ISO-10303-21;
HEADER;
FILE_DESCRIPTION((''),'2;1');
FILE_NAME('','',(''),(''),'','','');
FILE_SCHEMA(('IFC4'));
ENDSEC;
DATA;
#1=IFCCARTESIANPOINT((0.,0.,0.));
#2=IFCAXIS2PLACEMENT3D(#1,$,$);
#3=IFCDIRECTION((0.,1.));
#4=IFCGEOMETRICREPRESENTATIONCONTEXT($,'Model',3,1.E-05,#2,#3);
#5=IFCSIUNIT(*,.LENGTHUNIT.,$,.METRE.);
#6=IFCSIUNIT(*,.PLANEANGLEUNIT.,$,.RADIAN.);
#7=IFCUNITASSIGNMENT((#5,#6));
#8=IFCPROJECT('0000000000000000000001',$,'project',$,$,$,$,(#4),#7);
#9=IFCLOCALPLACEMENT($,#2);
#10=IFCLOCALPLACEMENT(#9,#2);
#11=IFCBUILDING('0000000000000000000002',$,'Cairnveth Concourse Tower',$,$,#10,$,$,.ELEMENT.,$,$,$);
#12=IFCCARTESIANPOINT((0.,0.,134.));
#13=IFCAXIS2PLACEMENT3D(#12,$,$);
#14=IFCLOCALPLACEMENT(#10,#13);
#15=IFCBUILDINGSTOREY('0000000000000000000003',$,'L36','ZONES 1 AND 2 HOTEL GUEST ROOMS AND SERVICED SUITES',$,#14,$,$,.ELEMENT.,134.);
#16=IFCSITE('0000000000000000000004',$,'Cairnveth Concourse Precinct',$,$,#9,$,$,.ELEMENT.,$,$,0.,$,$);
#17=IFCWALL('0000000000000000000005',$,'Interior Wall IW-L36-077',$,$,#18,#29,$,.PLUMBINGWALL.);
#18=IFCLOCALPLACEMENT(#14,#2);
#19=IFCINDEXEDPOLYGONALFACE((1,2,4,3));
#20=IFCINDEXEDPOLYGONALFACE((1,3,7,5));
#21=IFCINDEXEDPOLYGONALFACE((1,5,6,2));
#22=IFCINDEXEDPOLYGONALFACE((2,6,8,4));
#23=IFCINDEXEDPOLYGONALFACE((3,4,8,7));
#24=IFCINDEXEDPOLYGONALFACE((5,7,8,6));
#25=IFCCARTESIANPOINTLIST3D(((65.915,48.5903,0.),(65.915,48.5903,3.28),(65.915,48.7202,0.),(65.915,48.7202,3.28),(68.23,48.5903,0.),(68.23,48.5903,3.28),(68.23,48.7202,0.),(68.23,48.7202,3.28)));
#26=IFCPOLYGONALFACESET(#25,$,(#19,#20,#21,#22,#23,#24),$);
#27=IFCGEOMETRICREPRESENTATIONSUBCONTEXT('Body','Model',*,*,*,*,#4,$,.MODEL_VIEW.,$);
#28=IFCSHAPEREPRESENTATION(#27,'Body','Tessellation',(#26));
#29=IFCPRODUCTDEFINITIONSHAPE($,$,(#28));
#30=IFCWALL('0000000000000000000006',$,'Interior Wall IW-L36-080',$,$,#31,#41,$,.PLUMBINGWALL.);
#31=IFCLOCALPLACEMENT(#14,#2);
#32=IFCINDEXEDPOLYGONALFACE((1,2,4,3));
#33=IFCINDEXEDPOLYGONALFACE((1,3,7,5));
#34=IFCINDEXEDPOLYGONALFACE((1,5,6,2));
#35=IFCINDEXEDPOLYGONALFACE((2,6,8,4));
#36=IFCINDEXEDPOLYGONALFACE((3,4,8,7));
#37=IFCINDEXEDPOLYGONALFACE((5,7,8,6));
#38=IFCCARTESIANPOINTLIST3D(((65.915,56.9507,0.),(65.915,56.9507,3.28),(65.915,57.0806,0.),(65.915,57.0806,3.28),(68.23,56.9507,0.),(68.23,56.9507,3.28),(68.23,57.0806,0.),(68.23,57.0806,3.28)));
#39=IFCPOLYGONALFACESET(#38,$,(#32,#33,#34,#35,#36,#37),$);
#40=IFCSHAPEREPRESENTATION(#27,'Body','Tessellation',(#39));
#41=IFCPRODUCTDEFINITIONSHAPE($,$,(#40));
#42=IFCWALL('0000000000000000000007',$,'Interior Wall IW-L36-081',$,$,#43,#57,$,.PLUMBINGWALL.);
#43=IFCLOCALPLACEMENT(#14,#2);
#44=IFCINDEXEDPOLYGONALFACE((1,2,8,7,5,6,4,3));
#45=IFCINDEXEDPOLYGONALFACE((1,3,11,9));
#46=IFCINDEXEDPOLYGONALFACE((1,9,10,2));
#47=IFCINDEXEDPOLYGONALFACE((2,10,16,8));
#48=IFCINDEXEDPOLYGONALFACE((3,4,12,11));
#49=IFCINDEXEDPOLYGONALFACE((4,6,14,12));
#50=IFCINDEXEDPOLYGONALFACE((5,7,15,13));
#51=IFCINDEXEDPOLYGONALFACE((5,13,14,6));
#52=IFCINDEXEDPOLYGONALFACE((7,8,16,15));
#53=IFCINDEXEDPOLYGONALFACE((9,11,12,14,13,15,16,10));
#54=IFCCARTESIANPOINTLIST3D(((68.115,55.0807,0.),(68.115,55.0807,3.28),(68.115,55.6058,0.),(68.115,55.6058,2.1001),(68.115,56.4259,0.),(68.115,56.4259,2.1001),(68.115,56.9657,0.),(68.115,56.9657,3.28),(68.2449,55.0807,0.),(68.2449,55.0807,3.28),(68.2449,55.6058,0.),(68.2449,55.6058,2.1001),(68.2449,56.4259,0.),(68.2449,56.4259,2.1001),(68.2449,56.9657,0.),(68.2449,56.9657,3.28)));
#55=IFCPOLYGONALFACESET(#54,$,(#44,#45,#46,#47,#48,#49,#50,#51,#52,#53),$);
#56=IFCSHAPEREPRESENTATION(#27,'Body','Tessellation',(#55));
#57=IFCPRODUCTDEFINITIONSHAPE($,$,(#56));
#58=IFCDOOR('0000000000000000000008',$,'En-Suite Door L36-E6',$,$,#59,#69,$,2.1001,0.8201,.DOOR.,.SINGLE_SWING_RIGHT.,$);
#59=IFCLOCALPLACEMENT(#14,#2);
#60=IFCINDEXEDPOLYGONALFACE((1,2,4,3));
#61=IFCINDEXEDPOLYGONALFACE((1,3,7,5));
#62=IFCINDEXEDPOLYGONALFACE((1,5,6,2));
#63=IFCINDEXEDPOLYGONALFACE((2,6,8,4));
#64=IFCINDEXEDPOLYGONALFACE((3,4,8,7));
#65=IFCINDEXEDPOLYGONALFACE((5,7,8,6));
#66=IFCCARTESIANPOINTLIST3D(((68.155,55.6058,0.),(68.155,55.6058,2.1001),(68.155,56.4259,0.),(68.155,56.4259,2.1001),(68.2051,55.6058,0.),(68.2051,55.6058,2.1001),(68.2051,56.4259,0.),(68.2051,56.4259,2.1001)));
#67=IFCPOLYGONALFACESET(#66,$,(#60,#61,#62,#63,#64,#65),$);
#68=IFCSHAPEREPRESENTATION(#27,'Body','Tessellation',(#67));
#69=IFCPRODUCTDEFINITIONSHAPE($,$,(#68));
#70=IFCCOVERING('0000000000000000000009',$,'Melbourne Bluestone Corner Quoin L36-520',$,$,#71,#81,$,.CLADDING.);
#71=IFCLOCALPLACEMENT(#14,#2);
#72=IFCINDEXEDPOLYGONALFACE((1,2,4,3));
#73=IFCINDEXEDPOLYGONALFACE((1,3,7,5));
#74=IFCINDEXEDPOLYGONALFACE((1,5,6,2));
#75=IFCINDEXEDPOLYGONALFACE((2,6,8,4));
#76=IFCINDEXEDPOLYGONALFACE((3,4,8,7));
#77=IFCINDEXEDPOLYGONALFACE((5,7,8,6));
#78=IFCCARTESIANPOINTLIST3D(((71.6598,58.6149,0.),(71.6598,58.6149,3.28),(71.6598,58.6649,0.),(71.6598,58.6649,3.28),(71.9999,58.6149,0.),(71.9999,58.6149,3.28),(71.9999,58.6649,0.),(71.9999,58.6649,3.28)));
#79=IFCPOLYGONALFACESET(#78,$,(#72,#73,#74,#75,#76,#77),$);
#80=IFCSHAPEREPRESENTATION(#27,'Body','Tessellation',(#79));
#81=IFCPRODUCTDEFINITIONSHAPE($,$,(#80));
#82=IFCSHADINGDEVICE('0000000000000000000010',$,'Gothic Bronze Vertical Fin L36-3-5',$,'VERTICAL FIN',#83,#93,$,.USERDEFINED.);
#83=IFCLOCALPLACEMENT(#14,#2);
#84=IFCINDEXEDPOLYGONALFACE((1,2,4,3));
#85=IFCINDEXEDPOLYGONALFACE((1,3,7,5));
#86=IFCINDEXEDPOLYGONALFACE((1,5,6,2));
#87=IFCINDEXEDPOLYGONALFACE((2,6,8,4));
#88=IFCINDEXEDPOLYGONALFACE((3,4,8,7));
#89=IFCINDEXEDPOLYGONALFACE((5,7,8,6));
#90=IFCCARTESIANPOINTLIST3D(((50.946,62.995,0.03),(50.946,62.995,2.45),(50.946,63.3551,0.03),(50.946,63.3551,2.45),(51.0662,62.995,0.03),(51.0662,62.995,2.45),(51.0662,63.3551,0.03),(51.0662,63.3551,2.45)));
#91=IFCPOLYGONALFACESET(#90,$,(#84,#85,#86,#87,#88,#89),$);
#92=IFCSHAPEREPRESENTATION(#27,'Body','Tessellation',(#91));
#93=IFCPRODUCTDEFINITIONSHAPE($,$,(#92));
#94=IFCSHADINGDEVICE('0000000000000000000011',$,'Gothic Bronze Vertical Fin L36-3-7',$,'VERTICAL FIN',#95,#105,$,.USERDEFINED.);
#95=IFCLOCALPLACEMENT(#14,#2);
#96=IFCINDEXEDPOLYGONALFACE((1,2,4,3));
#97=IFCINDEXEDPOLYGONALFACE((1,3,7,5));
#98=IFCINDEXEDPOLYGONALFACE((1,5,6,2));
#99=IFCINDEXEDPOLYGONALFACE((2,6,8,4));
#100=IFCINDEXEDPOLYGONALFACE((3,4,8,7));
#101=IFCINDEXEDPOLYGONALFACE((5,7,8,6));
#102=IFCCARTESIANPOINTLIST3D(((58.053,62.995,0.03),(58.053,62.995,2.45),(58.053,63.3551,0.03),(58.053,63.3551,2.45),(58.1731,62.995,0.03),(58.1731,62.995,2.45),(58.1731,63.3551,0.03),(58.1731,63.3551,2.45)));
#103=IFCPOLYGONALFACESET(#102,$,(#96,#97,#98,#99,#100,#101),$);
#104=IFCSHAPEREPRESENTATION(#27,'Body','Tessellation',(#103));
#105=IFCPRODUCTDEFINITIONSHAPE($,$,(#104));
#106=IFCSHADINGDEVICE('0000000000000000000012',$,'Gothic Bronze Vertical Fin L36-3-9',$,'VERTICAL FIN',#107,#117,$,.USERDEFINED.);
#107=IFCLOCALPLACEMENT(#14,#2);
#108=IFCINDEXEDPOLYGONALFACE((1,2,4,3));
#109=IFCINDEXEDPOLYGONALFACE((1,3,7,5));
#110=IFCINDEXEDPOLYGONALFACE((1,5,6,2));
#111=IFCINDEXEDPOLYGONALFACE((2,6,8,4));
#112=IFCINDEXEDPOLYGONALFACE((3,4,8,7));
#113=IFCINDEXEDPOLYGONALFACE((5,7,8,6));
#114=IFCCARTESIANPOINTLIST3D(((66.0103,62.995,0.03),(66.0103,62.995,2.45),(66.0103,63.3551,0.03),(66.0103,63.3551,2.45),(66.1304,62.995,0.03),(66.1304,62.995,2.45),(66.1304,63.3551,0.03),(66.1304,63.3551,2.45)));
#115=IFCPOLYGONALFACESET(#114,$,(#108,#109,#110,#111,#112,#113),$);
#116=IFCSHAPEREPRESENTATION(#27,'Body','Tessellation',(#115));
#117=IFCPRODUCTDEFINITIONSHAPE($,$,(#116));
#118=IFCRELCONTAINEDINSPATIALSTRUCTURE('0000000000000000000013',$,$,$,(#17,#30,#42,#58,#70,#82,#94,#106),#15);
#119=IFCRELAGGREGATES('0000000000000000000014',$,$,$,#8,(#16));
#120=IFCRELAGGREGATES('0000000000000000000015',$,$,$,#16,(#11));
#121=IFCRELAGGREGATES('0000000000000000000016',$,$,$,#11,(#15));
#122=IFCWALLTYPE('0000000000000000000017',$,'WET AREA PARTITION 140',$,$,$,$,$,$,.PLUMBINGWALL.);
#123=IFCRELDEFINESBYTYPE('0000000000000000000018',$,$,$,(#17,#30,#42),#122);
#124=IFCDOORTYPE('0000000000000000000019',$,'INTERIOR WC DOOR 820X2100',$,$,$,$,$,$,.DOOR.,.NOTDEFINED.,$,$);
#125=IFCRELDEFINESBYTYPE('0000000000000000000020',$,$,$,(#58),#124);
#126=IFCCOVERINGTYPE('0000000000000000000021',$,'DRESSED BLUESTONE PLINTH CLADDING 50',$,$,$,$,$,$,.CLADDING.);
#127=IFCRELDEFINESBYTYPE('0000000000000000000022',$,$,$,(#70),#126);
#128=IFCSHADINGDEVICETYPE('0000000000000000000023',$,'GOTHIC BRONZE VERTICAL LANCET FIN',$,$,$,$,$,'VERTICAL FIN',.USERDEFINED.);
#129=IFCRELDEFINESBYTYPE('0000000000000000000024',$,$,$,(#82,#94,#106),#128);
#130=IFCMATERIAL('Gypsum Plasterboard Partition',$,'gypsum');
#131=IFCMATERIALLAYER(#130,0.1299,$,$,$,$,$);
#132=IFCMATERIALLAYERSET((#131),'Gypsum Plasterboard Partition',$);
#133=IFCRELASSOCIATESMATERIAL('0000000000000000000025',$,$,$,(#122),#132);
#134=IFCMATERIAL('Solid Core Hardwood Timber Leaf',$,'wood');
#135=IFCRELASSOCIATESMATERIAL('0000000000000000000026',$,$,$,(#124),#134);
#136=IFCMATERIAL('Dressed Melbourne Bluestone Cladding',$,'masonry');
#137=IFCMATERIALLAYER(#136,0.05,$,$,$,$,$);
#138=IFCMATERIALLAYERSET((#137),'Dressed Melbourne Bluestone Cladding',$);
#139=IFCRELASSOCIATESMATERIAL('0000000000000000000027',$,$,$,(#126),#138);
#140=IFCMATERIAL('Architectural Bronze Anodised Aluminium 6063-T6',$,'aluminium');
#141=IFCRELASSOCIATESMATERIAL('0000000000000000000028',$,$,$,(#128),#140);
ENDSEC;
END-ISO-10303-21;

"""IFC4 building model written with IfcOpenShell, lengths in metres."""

from ifc_helpers import new_model, si_unit, direction, frame, frame_2d, origin, origin_2d, place, context, subcontext, project, spatial, rectangle, extrude, material, layer, layer_set, type_object, element, fill, save


model = new_model("IFC4")

# Units and contexts
model_context = context("Model", 3, precision=1e-05, world=origin(), true_north=direction((0.0, 1.0)))
body_context = subcontext(model_context, "Body", "Model", "MODEL_VIEW")
ifc_project = project(units=[si_unit("LENGTHUNIT", "METRE"), si_unit("PLANEANGLEUNIT", "RADIAN")], contexts=[model_context])

# Site, building, storey
site_placement = place(None, origin())
site = spatial("IfcSite", under=ifc_project, at=site_placement, Name="Cairnveth Concourse Precinct", CompositionType="ELEMENT", RefElevation=0.0)
building_placement = place(site_placement, origin())
building = spatial("IfcBuilding", under=site, at=building_placement, Name="Cairnveth Concourse Tower", CompositionType="ELEMENT")
storey_placement = place(building_placement, frame((0.0, 0.0, 134.0)))
storey = spatial("IfcBuildingStorey", under=building, at=storey_placement, Name="L36", Description="ZONES 1 AND 2 HOTEL GUEST ROOMS AND SERVICED SUITES", CompositionType="ELEMENT", Elevation=134.0)

# Shared definitions
ifc_material_1 = material(Name="Gypsum Plasterboard Partition", Category="gypsum")
ifc_material_2 = material(Name="Solid Core Hardwood Timber Leaf", Category="wood")

# Walls
ifc_layer_1 = layer(ifc_material_1, 0.1299)
ifc_layer_set_1 = layer_set([ifc_layer_1], Name="Gypsum Plasterboard Partition")
wall_type_1 = type_object("IfcWallType", Name="WET AREA PARTITION 140", PredefinedType="PLUMBINGWALL", material=ifc_layer_set_1)
for number, where, z_axis, x_axis, name in (
    (1, (65.915, 48.6553, 0.0), (0.0, 0.0, 1.0), (1.0, 0.0, 0.0), "Interior Wall IW-L36-077"),
    (2, (65.915, 57.0156, 0.0), (0.0, 0.0, 1.0), (1.0, 0.0, 0.0), "Interior Wall IW-L36-080"),
):
    element("IfcWall", number, at=place(storey_placement, frame(where, z_axis=z_axis, x_axis=x_axis)), inside=storey, type_object=wall_type_1, Name=name, PredefinedType="PLUMBINGWALL", context=body_context, shape_type="SweptSolid", body=[
        extrude(rectangle(XDim=2.3149, YDim=0.1299, at=frame_2d((1.1575, 0.0))), origin(), (0.0, 0.0, 1.0), 3.28),
    ])

# Wall, opening, door
wall_1_placement = place(storey_placement, frame((68.1799, 55.0808, 0.0), z_axis=(0.0, 0.0, 1.0), x_axis=(0.0, 1.0, 0.0)))
wall_1 = element("IfcWall", 3, at=wall_1_placement, inside=storey, type_object=wall_type_1, Name="Interior Wall IW-L36-081", PredefinedType="PLUMBINGWALL", context=body_context, shape_type="SweptSolid", body=[
    extrude(rectangle(XDim=1.885, YDim=0.1299, at=frame_2d((0.9424, 0.0))), origin(), (0.0, 0.0, 1.0), 3.28),
])
opening_1_placement = place(wall_1_placement, frame((0.5249, 0.0, 0.0)))
opening_1 = element("IfcOpeningElement", 4, at=opening_1_placement, cuts=wall_1, PredefinedType="OPENING", context=body_context, shape_type="SweptSolid", body=[
    extrude(rectangle(XDim=0.8201, YDim=2.1001, at=frame_2d((0.4102, 1.05))), frame((0.0, 0.075, 0.0), z_axis=(0.0, -1.0, 0.0), x_axis=(1.0, 0.0, 0.0)), (0.0, 0.0, 1.0), 0.1499),
])
door_type_1 = type_object("IfcDoorType", Name="INTERIOR WC DOOR 820X2100", OperationType="NOTDEFINED", PredefinedType="DOOR", material=ifc_material_2)
door_1_placement = place(opening_1_placement, origin())
door_1 = element("IfcDoor", 5, at=door_1_placement, inside=storey, type_object=door_type_1, Name="En-Suite Door L36-E6", OperationType="SINGLE_SWING_RIGHT", OverallHeight=2.1001, OverallWidth=0.8201, PredefinedType="DOOR", context=body_context, shape_type="SweptSolid", body=[
    extrude(rectangle(XDim=0.8201, YDim=2.1001, at=frame_2d((0.4102, 1.05))), frame((0.0, 0.0249, 0.0), z_axis=(0.0, -1.0, 0.0), x_axis=(1.0, 0.0, 0.0)), (0.0, 0.0, 1.0), 0.05),
])
fill(opening_1, door_1)

# Covering
ifc_material_3 = material(Name="Dressed Melbourne Bluestone Cladding", Category="masonry")
ifc_layer_2 = layer(ifc_material_3, 0.05)
ifc_layer_set_2 = layer_set([ifc_layer_2], Name="Dressed Melbourne Bluestone Cladding")
covering_type = type_object("IfcCoveringType", Name="DRESSED BLUESTONE PLINTH CLADDING 50", PredefinedType="CLADDING", material=ifc_layer_set_2)
covering_placement = place(storey_placement, frame((71.6599, 58.6399, 0.0), z_axis=(0.0, 0.0, 1.0), x_axis=(1.0, 0.0, 0.0)))
element("IfcCovering", 6, at=covering_placement, inside=storey, type_object=covering_type, Name="Melbourne Bluestone Corner Quoin L36-520", PredefinedType="CLADDING", context=body_context, shape_type="SweptSolid", body=[
    extrude(rectangle(XDim=0.3401, YDim=0.05, at=frame_2d((0.1699, 0.0))), origin(), (0.0, 0.0, 1.0), 3.28),
])

# Shading devices
ifc_material_4 = material(Name="Architectural Bronze Anodised Aluminium 6063-T6", Category="aluminium")
shading_device_type = type_object("IfcShadingDeviceType", Name="GOTHIC BRONZE VERTICAL LANCET FIN", ElementType="VERTICAL FIN", PredefinedType="USERDEFINED", material=ifc_material_4)
for number, where, z_axis, x_axis, name in (
    (7, (51.0061, 63.175, 0.03), (0.0, 0.0, 1.0), (1.0, 0.0, 0.0), "Gothic Bronze Vertical Fin L36-3-5"),
    (8, (58.113, 63.175, 0.03), (0.0, 0.0, 1.0), (1.0, 0.0, 0.0), "Gothic Bronze Vertical Fin L36-3-7"),
    (9, (66.0703, 63.175, 0.03), (0.0, 0.0, 1.0), (1.0, 0.0, 0.0), "Gothic Bronze Vertical Fin L36-3-9"),
):
    element("IfcShadingDevice", number, at=place(storey_placement, frame(where, z_axis=z_axis, x_axis=x_axis)), inside=storey, type_object=shading_device_type, Name=name, ObjectType="VERTICAL FIN", PredefinedType="USERDEFINED", context=body_context, shape_type="SweptSolid", body=[
        extrude(rectangle(XDim=0.1201, YDim=0.3601, at=origin_2d()), origin(), (0.0, 0.0, 1.0), 2.4199),
    ])

save(model, "model.ifc")
